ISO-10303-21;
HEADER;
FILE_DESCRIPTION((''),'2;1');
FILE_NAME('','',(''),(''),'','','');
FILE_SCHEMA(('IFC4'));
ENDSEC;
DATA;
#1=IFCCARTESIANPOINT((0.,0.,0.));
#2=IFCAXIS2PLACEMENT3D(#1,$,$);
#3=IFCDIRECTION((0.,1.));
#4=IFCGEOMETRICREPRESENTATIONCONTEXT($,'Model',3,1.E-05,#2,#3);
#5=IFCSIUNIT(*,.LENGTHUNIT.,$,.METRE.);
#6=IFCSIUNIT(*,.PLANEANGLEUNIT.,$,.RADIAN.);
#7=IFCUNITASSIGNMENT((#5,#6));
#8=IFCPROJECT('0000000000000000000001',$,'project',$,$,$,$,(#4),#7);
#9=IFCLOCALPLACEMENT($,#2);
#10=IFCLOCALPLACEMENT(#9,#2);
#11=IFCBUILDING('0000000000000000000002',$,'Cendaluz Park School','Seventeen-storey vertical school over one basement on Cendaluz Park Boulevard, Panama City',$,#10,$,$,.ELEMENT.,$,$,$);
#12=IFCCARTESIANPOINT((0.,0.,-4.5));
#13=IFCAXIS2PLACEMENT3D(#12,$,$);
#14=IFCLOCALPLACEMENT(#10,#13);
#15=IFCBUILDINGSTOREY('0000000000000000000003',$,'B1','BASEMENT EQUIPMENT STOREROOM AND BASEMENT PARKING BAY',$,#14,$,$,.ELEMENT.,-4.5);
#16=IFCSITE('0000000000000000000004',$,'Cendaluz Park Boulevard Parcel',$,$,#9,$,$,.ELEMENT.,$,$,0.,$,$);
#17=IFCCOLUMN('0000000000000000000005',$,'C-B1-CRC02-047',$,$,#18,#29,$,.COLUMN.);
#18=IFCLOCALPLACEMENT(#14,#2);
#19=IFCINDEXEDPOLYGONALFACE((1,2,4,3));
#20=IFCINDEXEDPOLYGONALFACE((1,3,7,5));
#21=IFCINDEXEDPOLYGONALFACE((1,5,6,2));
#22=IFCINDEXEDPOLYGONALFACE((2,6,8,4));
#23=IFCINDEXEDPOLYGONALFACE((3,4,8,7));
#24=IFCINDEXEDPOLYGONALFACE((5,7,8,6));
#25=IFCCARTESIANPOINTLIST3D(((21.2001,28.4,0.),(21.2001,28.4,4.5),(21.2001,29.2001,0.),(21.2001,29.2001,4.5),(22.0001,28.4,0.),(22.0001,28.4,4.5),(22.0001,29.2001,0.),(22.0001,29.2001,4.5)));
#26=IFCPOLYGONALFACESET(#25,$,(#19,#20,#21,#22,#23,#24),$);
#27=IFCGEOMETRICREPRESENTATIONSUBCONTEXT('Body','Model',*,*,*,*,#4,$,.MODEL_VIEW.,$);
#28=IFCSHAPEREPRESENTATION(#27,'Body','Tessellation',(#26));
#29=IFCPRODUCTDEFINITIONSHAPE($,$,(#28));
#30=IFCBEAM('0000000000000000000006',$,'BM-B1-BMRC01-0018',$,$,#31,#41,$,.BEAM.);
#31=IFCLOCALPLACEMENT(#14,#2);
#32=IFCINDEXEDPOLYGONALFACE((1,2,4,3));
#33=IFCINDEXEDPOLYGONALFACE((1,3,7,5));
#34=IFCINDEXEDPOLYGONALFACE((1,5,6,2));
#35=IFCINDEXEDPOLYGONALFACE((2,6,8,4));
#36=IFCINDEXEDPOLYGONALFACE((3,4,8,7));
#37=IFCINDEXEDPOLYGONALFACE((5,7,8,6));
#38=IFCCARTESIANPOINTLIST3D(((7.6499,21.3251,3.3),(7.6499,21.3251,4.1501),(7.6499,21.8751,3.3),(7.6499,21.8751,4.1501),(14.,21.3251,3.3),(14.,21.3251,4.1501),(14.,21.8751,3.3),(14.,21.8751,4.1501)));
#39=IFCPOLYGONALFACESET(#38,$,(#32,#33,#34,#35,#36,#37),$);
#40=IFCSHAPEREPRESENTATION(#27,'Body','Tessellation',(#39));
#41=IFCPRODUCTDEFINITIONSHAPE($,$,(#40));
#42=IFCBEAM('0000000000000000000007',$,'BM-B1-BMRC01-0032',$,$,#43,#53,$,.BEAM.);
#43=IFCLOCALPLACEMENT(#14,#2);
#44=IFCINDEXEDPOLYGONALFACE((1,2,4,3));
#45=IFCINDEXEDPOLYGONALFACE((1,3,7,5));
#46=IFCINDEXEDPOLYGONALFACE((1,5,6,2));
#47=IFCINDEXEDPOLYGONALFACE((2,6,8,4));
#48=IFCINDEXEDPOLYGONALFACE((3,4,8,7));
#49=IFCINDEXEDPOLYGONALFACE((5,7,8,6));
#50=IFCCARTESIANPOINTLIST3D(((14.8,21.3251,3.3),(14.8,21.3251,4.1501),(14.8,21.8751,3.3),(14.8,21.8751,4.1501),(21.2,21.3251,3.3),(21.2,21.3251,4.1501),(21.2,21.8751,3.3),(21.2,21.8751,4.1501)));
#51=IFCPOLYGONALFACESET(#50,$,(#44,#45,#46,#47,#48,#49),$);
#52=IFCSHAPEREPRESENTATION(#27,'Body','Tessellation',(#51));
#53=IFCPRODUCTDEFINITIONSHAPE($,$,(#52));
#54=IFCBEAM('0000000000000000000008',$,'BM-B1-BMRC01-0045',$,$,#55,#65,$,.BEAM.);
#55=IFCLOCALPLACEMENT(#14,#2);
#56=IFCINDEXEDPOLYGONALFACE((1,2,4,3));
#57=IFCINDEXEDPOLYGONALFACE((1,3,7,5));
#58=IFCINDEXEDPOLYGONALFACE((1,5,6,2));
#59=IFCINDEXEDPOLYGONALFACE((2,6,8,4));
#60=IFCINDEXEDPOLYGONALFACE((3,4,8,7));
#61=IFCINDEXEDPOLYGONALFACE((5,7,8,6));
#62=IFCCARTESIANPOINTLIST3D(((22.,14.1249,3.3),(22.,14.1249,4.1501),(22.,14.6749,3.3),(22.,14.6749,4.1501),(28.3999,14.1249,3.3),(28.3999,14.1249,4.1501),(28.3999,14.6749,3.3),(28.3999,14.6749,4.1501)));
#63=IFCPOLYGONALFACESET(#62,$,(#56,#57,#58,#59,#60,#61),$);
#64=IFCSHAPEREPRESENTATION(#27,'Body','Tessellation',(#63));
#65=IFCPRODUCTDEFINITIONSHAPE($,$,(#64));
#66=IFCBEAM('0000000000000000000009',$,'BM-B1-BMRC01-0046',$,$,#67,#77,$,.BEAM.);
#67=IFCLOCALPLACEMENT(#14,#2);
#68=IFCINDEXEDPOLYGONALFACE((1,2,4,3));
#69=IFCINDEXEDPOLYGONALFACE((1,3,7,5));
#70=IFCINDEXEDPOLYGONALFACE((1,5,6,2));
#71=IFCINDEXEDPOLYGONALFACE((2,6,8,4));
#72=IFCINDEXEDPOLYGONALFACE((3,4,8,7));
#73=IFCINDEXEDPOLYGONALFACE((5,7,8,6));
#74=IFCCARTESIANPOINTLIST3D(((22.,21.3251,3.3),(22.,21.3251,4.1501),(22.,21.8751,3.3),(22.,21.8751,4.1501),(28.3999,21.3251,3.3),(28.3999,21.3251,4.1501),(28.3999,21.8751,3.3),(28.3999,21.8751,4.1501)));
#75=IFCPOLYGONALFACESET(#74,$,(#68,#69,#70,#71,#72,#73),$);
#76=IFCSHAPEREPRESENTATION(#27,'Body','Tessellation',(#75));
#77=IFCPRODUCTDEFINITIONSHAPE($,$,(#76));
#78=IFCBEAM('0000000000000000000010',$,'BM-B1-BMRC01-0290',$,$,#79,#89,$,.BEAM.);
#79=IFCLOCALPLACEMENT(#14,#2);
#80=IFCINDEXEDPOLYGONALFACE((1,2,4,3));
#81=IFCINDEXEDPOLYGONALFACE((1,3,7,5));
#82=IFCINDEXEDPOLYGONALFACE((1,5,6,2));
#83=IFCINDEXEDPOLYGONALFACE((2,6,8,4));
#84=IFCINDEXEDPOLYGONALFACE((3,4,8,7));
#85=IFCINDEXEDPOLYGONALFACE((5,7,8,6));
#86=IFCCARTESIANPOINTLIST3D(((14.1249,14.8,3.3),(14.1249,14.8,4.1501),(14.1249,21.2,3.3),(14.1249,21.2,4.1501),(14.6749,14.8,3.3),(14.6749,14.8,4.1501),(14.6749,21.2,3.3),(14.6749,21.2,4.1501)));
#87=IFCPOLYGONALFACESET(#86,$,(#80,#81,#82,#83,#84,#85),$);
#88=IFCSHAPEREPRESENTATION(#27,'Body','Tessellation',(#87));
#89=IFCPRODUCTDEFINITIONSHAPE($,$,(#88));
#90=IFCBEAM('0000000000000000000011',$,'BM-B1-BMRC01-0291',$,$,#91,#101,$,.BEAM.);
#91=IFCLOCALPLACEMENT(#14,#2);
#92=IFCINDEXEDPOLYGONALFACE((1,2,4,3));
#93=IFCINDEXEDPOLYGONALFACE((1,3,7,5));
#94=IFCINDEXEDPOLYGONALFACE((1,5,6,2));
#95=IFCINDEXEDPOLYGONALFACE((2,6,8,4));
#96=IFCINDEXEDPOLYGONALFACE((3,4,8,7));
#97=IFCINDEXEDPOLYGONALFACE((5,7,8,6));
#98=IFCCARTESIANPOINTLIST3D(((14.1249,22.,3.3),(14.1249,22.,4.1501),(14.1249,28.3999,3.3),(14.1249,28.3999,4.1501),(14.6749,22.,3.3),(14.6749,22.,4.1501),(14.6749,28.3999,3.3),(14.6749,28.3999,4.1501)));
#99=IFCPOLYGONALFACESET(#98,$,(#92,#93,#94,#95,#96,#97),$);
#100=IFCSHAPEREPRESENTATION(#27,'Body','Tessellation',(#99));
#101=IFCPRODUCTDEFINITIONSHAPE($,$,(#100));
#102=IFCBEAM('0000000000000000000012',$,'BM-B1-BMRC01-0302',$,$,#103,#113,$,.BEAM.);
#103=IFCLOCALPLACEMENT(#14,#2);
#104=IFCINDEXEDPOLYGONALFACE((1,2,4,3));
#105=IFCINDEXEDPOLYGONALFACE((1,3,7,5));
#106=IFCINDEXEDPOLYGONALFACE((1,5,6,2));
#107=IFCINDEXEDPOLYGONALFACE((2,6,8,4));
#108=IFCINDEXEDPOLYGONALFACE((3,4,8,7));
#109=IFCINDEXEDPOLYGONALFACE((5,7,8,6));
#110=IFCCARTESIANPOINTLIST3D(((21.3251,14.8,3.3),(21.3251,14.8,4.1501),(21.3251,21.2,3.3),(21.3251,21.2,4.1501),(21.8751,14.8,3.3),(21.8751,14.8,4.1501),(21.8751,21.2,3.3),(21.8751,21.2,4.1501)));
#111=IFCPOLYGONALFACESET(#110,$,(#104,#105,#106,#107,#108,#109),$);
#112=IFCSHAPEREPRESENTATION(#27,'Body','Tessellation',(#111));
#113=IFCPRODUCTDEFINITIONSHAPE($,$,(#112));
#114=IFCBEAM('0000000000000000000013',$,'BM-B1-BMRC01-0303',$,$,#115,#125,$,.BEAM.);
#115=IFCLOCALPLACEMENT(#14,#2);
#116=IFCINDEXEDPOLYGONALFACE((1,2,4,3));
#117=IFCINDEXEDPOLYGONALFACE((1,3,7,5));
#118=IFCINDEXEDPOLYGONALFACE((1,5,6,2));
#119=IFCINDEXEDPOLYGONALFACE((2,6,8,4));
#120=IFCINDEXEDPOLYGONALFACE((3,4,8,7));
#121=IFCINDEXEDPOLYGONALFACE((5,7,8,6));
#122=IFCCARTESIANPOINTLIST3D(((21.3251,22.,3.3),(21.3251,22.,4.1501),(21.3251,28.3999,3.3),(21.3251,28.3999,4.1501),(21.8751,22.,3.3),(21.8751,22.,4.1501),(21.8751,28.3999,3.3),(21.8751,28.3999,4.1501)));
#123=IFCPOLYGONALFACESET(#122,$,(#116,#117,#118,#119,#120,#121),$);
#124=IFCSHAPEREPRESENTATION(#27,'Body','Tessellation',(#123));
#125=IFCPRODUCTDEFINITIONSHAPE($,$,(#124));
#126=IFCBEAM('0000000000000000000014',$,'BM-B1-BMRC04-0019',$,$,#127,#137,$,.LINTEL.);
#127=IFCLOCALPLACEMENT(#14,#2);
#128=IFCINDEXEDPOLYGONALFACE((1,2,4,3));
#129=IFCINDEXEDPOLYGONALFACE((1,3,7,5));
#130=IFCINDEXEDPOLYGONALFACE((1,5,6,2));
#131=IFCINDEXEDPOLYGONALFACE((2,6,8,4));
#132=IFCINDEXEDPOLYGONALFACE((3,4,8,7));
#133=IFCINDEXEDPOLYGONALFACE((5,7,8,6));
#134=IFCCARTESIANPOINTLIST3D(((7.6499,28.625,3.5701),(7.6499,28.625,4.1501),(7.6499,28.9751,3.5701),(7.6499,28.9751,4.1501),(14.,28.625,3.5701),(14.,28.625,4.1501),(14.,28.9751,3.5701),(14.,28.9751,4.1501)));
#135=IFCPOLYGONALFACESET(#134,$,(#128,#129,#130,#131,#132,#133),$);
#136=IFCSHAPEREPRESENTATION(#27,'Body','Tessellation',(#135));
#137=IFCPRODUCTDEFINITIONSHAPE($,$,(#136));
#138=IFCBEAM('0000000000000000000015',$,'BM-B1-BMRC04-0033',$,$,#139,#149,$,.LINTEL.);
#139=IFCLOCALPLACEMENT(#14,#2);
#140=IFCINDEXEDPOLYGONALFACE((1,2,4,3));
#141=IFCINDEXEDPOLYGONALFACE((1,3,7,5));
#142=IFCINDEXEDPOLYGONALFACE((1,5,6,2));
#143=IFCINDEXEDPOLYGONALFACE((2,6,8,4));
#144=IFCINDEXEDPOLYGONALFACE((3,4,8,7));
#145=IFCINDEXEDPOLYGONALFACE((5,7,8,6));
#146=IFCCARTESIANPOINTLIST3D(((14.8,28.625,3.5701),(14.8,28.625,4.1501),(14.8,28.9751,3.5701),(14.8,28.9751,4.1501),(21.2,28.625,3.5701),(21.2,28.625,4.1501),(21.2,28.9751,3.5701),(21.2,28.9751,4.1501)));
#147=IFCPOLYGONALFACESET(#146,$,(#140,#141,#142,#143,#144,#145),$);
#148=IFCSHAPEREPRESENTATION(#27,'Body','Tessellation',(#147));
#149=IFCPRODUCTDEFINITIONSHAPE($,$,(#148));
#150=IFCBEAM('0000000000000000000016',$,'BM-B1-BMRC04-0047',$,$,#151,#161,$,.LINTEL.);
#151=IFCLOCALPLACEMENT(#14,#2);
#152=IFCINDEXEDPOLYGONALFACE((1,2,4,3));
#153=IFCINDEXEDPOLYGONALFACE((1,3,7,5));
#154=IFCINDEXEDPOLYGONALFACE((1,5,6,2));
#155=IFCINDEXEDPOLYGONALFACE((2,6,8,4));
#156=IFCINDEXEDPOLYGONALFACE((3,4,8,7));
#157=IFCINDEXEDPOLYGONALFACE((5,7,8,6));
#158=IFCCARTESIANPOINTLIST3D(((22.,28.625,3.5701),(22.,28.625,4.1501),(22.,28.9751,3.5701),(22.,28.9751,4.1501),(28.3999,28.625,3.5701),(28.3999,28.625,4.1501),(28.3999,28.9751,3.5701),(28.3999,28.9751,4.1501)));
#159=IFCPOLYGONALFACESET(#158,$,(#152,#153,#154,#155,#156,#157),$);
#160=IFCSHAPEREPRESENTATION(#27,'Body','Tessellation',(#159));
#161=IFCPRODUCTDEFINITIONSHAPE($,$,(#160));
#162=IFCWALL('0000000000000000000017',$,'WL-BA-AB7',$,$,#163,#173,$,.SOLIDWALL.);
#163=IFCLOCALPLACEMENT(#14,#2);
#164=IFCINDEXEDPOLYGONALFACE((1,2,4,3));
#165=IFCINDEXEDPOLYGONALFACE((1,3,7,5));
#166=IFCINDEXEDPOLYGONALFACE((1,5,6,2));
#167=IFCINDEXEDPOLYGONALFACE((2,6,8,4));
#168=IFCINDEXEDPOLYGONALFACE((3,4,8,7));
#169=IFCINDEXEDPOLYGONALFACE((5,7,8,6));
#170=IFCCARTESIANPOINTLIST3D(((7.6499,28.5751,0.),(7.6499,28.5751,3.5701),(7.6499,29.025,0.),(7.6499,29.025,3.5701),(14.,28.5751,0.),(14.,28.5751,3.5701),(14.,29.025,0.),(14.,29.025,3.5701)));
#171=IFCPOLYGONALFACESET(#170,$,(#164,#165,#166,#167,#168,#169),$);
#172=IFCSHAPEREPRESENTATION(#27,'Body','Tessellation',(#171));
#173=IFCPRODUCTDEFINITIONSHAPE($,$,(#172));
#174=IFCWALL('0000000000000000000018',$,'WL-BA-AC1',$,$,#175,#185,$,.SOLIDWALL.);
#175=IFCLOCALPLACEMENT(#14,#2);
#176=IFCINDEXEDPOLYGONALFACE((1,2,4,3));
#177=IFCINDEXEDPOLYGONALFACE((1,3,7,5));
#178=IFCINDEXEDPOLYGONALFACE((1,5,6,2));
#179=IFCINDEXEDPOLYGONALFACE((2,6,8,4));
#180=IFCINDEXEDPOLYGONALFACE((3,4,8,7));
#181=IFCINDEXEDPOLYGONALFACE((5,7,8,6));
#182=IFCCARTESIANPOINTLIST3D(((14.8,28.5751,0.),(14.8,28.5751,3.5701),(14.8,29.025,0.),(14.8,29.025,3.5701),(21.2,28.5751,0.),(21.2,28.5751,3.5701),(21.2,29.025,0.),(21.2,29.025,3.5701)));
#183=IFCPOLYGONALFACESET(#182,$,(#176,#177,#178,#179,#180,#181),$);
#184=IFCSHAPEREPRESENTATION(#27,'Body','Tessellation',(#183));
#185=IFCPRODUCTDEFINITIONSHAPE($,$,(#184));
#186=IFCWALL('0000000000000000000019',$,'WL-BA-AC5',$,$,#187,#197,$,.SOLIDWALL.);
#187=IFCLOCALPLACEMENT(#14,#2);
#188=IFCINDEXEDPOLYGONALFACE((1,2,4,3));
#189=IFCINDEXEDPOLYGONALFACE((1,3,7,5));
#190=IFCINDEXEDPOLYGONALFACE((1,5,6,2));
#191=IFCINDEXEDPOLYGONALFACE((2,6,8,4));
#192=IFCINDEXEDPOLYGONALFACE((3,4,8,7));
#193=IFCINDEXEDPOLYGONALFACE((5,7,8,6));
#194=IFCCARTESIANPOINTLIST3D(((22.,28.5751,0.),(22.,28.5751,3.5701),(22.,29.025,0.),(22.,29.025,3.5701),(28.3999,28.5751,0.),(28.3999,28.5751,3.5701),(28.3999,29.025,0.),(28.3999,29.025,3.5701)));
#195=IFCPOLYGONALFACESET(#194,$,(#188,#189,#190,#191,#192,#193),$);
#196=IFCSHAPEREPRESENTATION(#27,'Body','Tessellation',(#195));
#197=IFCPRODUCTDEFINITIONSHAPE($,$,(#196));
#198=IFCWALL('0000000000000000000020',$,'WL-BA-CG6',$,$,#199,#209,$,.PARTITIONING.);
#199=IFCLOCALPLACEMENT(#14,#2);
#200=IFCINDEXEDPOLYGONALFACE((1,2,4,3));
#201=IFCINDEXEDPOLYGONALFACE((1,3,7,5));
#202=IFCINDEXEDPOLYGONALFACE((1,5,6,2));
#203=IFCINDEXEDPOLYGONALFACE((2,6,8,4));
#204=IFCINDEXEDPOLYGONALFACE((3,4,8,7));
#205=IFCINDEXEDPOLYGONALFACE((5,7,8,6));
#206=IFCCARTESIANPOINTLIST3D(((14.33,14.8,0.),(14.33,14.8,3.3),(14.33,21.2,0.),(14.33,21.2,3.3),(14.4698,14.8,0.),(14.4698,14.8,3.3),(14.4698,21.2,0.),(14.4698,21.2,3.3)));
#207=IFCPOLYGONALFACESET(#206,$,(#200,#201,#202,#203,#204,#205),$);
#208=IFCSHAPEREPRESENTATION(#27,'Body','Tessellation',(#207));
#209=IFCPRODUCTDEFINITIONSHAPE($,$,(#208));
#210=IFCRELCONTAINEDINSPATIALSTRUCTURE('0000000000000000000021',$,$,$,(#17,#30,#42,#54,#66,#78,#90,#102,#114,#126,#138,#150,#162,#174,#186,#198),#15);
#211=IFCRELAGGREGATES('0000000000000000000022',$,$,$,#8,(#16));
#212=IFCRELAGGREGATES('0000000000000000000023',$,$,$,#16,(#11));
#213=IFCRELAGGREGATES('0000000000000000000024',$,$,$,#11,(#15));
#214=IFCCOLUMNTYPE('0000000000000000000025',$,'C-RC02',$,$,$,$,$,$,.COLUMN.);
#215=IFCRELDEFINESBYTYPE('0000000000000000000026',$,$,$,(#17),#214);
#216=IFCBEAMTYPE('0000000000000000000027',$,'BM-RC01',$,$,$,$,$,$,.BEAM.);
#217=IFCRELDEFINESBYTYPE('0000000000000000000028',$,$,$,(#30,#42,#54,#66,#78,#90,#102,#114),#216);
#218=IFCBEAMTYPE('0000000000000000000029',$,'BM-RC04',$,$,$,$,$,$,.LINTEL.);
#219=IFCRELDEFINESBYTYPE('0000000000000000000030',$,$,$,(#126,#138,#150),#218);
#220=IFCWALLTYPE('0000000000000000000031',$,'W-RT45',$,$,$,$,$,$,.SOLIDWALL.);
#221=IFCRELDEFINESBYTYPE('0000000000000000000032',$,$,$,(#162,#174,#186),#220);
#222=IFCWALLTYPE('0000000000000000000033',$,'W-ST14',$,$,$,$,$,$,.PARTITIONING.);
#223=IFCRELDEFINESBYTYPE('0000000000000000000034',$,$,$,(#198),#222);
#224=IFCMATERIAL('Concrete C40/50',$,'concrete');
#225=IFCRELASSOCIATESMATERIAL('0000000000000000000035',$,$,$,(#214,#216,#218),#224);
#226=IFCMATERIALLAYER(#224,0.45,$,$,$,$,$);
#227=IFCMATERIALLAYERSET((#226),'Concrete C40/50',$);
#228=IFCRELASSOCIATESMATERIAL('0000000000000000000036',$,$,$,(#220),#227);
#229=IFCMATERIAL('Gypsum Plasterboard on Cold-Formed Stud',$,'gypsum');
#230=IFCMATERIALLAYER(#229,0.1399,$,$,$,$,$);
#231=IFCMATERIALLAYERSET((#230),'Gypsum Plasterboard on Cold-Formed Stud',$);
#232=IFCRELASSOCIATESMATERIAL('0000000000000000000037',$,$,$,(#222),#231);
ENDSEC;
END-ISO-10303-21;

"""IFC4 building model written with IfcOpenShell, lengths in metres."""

from ifc_helpers import new_model, si_unit, direction, frame, frame_2d, origin, origin_2d, place, context, subcontext, project, spatial, rectangle, extrude, material, layer, layer_set, material_profile, profile_set, type_object, element, save


model = new_model("IFC4")

# Units and contexts
model_context = context("Model", 3, precision=1e-05, world=origin(), true_north=direction((0.0, 1.0)))
body_context = subcontext(model_context, "Body", "Model", "MODEL_VIEW")
ifc_project = project(units=[si_unit("LENGTHUNIT", "METRE"), si_unit("PLANEANGLEUNIT", "RADIAN")], contexts=[model_context])

# Site, building, storey
site_placement = place(None, origin())
site = spatial("IfcSite", under=ifc_project, at=site_placement, Name="Cendaluz Park Boulevard Parcel", CompositionType="ELEMENT", RefElevation=0.0)
building_placement = place(site_placement, origin())
building = spatial("IfcBuilding", under=site, at=building_placement, Name="Cendaluz Park School", Description="Seventeen-storey vertical school over one basement on Cendaluz Park Boulevard, Panama City", CompositionType="ELEMENT")
storey_placement = place(building_placement, frame((0.0, 0.0, -4.5)))
storey = spatial("IfcBuildingStorey", under=building, at=storey_placement, Name="B1", Description="BASEMENT EQUIPMENT STOREROOM AND BASEMENT PARKING BAY", CompositionType="ELEMENT", Elevation=-4.5)

# Shared definitions
ifc_material_1 = material(Name="Concrete C40/50", Category="concrete")

# Column
ifc_material_profile_1 = material_profile(ifc_material_1, rectangle(XDim=0.8, YDim=0.8, at=origin_2d()), Name="RC 800x800", Category="concrete")
ifc_profile_set_1 = profile_set([ifc_material_profile_1], Name="Concrete C40/50")
column_type = type_object("IfcColumnType", Name="C-RC02", PredefinedType="COLUMN", material=ifc_profile_set_1)
for number, where, z_axis, x_axis, name in (
    (1, (21.6001, 28.8, 0.0), (0.0, 0.0, 1.0), (1.0, 0.0, 0.0), "C-B1-CRC02-047"),
):
    element("IfcColumn", number, at=place(storey_placement, frame(where, z_axis=z_axis, x_axis=x_axis)), inside=storey, type_object=column_type, Name=name, PredefinedType="COLUMN", context=body_context, shape_type="SweptSolid", body=[
        extrude(rectangle(XDim=0.8, YDim=0.8, at=origin_2d()), origin(), (0.0, 0.0, 1.0), 4.5),
    ])

# Beams
ifc_material_profile_2 = material_profile(ifc_material_1, rectangle(XDim=0.55, YDim=0.8501, at=origin_2d()), Name="RC 550x850", Category="concrete")
ifc_profile_set_2 = profile_set([ifc_material_profile_2], Name="Concrete C40/50")
beam_type_1 = type_object("IfcBeamType", Name="BM-RC01", PredefinedType="BEAM", material=ifc_profile_set_2)
beam_1_placement = place(storey_placement, frame((7.6499, 21.6001, 3.7251), z_axis=(1.0, 0.0, 0.0), x_axis=(0.0, 1.0, 0.0)))
element("IfcBeam", 2, at=beam_1_placement, inside=storey, type_object=beam_type_1, Name="BM-B1-BMRC01-0018", PredefinedType="BEAM", context=body_context, shape_type="SweptSolid", body=[
    extrude(rectangle(XDim=0.55, YDim=0.8501, at=origin_2d()), origin(), (0.0, 0.0, 1.0), 6.3501),
])
for number, where, z_axis, x_axis, name in (
    (3, (14.8, 21.6001, 3.7251), (1.0, 0.0, 0.0), (0.0, 1.0, 0.0), "BM-B1-BMRC01-0032"),
    (4, (22.0, 14.3999, 3.7251), (1.0, 0.0, 0.0), (0.0, 1.0, 0.0), "BM-B1-BMRC01-0045"),
    (5, (22.0, 21.6001, 3.7251), (1.0, 0.0, 0.0), (0.0, 1.0, 0.0), "BM-B1-BMRC01-0046"),
    (6, (14.3999, 14.8, 3.7251), (0.0, 1.0, 0.0), (-1.0, 0.0, 0.0), "BM-B1-BMRC01-0290"),
    (7, (14.3999, 22.0, 3.7251), (0.0, 1.0, 0.0), (-1.0, 0.0, 0.0), "BM-B1-BMRC01-0291"),
    (8, (21.6001, 14.8, 3.7251), (0.0, 1.0, 0.0), (-1.0, 0.0, 0.0), "BM-B1-BMRC01-0302"),
    (9, (21.6001, 22.0, 3.7251), (0.0, 1.0, 0.0), (-1.0, 0.0, 0.0), "BM-B1-BMRC01-0303"),
):
    element("IfcBeam", number, at=place(storey_placement, frame(where, z_axis=z_axis, x_axis=x_axis)), inside=storey, type_object=beam_type_1, Name=name, PredefinedType="BEAM", context=body_context, shape_type="SweptSolid", body=[
        extrude(rectangle(XDim=0.55, YDim=0.8501, at=origin_2d()), origin(), (0.0, 0.0, 1.0), 6.3999),
    ])
ifc_material_profile_3 = material_profile(ifc_material_1, rectangle(XDim=0.3501, YDim=0.5801, at=origin_2d()), Name="RC 350x580", Category="concrete")
ifc_profile_set_3 = profile_set([ifc_material_profile_3], Name="Concrete C40/50")
beam_type_2 = type_object("IfcBeamType", Name="BM-RC04", PredefinedType="LINTEL", material=ifc_profile_set_3)
beam_2_placement = place(storey_placement, frame((7.6499, 28.8, 3.8601), z_axis=(1.0, 0.0, 0.0), x_axis=(0.0, 1.0, 0.0)))
element("IfcBeam", 10, at=beam_2_placement, inside=storey, type_object=beam_type_2, Name="BM-B1-BMRC04-0019", PredefinedType="LINTEL", context=body_context, shape_type="SweptSolid", body=[
    extrude(rectangle(XDim=0.3501, YDim=0.5801, at=origin_2d()), origin(), (0.0, 0.0, 1.0), 6.3501),
])
for number, where, z_axis, x_axis, name in (
    (11, (14.8, 28.8, 3.8601), (1.0, 0.0, 0.0), (0.0, 1.0, 0.0), "BM-B1-BMRC04-0033"),
    (12, (22.0, 28.8, 3.8601), (1.0, 0.0, 0.0), (0.0, 1.0, 0.0), "BM-B1-BMRC04-0047"),
):
    element("IfcBeam", number, at=place(storey_placement, frame(where, z_axis=z_axis, x_axis=x_axis)), inside=storey, type_object=beam_type_2, Name=name, PredefinedType="LINTEL", context=body_context, shape_type="SweptSolid", body=[
        extrude(rectangle(XDim=0.3501, YDim=0.5801, at=origin_2d()), origin(), (0.0, 0.0, 1.0), 6.3999),
    ])

# Walls
ifc_layer_1 = layer(ifc_material_1, 0.45)
ifc_layer_set_1 = layer_set([ifc_layer_1], Name="Concrete C40/50")
wall_type_1 = type_object("IfcWallType", Name="W-RT45", PredefinedType="SOLIDWALL", material=ifc_layer_set_1)
wall_placement = place(storey_placement, frame((7.6499, 28.8, 0.0), z_axis=(0.0, 0.0, 1.0), x_axis=(1.0, 0.0, 0.0)))
element("IfcWall", 13, at=wall_placement, inside=storey, type_object=wall_type_1, Name="WL-BA-AB7", PredefinedType="SOLIDWALL", context=body_context, shape_type="SweptSolid", body=[
    extrude(rectangle(XDim=6.3501, YDim=0.45, at=frame_2d((3.175, 0.0))), origin(), (0.0, 0.0, 1.0), 3.5701),
])
for number, where, z_axis, x_axis, name in (
    (14, (14.8, 28.8, 0.0), (0.0, 0.0, 1.0), (1.0, 0.0, 0.0), "WL-BA-AC1"),
    (15, (22.0, 28.8, 0.0), (0.0, 0.0, 1.0), (1.0, 0.0, 0.0), "WL-BA-AC5"),
):
    element("IfcWall", number, at=place(storey_placement, frame(where, z_axis=z_axis, x_axis=x_axis)), inside=storey, type_object=wall_type_1, Name=name, PredefinedType="SOLIDWALL", context=body_context, shape_type="SweptSolid", body=[
        extrude(rectangle(XDim=6.3999, YDim=0.45, at=frame_2d((3.2, 0.0))), origin(), (0.0, 0.0, 1.0), 3.5701),
    ])
ifc_material_2 = material(Name="Gypsum Plasterboard on Cold-Formed Stud", Category="gypsum")
ifc_layer_2 = layer(ifc_material_2, 0.1399)
ifc_layer_set_2 = layer_set([ifc_layer_2], Name="Gypsum Plasterboard on Cold-Formed Stud")
wall_type_2 = type_object("IfcWallType", Name="W-ST14", PredefinedType="PARTITIONING", material=ifc_layer_set_2)
for number, where, z_axis, x_axis, name in (
    (16, (14.3999, 14.8, 0.0), (0.0, 0.0, 1.0), (0.0, 1.0, 0.0), "WL-BA-CG6"),
):
    element("IfcWall", number, at=place(storey_placement, frame(where, z_axis=z_axis, x_axis=x_axis)), inside=storey, type_object=wall_type_2, Name=name, PredefinedType="PARTITIONING", context=body_context, shape_type="SweptSolid", body=[
        extrude(rectangle(XDim=6.3999, YDim=0.1399, at=frame_2d((3.2, 0.0))), origin(), (0.0, 0.0, 1.0), 3.3),
    ])

save(model, "model.ifc")
